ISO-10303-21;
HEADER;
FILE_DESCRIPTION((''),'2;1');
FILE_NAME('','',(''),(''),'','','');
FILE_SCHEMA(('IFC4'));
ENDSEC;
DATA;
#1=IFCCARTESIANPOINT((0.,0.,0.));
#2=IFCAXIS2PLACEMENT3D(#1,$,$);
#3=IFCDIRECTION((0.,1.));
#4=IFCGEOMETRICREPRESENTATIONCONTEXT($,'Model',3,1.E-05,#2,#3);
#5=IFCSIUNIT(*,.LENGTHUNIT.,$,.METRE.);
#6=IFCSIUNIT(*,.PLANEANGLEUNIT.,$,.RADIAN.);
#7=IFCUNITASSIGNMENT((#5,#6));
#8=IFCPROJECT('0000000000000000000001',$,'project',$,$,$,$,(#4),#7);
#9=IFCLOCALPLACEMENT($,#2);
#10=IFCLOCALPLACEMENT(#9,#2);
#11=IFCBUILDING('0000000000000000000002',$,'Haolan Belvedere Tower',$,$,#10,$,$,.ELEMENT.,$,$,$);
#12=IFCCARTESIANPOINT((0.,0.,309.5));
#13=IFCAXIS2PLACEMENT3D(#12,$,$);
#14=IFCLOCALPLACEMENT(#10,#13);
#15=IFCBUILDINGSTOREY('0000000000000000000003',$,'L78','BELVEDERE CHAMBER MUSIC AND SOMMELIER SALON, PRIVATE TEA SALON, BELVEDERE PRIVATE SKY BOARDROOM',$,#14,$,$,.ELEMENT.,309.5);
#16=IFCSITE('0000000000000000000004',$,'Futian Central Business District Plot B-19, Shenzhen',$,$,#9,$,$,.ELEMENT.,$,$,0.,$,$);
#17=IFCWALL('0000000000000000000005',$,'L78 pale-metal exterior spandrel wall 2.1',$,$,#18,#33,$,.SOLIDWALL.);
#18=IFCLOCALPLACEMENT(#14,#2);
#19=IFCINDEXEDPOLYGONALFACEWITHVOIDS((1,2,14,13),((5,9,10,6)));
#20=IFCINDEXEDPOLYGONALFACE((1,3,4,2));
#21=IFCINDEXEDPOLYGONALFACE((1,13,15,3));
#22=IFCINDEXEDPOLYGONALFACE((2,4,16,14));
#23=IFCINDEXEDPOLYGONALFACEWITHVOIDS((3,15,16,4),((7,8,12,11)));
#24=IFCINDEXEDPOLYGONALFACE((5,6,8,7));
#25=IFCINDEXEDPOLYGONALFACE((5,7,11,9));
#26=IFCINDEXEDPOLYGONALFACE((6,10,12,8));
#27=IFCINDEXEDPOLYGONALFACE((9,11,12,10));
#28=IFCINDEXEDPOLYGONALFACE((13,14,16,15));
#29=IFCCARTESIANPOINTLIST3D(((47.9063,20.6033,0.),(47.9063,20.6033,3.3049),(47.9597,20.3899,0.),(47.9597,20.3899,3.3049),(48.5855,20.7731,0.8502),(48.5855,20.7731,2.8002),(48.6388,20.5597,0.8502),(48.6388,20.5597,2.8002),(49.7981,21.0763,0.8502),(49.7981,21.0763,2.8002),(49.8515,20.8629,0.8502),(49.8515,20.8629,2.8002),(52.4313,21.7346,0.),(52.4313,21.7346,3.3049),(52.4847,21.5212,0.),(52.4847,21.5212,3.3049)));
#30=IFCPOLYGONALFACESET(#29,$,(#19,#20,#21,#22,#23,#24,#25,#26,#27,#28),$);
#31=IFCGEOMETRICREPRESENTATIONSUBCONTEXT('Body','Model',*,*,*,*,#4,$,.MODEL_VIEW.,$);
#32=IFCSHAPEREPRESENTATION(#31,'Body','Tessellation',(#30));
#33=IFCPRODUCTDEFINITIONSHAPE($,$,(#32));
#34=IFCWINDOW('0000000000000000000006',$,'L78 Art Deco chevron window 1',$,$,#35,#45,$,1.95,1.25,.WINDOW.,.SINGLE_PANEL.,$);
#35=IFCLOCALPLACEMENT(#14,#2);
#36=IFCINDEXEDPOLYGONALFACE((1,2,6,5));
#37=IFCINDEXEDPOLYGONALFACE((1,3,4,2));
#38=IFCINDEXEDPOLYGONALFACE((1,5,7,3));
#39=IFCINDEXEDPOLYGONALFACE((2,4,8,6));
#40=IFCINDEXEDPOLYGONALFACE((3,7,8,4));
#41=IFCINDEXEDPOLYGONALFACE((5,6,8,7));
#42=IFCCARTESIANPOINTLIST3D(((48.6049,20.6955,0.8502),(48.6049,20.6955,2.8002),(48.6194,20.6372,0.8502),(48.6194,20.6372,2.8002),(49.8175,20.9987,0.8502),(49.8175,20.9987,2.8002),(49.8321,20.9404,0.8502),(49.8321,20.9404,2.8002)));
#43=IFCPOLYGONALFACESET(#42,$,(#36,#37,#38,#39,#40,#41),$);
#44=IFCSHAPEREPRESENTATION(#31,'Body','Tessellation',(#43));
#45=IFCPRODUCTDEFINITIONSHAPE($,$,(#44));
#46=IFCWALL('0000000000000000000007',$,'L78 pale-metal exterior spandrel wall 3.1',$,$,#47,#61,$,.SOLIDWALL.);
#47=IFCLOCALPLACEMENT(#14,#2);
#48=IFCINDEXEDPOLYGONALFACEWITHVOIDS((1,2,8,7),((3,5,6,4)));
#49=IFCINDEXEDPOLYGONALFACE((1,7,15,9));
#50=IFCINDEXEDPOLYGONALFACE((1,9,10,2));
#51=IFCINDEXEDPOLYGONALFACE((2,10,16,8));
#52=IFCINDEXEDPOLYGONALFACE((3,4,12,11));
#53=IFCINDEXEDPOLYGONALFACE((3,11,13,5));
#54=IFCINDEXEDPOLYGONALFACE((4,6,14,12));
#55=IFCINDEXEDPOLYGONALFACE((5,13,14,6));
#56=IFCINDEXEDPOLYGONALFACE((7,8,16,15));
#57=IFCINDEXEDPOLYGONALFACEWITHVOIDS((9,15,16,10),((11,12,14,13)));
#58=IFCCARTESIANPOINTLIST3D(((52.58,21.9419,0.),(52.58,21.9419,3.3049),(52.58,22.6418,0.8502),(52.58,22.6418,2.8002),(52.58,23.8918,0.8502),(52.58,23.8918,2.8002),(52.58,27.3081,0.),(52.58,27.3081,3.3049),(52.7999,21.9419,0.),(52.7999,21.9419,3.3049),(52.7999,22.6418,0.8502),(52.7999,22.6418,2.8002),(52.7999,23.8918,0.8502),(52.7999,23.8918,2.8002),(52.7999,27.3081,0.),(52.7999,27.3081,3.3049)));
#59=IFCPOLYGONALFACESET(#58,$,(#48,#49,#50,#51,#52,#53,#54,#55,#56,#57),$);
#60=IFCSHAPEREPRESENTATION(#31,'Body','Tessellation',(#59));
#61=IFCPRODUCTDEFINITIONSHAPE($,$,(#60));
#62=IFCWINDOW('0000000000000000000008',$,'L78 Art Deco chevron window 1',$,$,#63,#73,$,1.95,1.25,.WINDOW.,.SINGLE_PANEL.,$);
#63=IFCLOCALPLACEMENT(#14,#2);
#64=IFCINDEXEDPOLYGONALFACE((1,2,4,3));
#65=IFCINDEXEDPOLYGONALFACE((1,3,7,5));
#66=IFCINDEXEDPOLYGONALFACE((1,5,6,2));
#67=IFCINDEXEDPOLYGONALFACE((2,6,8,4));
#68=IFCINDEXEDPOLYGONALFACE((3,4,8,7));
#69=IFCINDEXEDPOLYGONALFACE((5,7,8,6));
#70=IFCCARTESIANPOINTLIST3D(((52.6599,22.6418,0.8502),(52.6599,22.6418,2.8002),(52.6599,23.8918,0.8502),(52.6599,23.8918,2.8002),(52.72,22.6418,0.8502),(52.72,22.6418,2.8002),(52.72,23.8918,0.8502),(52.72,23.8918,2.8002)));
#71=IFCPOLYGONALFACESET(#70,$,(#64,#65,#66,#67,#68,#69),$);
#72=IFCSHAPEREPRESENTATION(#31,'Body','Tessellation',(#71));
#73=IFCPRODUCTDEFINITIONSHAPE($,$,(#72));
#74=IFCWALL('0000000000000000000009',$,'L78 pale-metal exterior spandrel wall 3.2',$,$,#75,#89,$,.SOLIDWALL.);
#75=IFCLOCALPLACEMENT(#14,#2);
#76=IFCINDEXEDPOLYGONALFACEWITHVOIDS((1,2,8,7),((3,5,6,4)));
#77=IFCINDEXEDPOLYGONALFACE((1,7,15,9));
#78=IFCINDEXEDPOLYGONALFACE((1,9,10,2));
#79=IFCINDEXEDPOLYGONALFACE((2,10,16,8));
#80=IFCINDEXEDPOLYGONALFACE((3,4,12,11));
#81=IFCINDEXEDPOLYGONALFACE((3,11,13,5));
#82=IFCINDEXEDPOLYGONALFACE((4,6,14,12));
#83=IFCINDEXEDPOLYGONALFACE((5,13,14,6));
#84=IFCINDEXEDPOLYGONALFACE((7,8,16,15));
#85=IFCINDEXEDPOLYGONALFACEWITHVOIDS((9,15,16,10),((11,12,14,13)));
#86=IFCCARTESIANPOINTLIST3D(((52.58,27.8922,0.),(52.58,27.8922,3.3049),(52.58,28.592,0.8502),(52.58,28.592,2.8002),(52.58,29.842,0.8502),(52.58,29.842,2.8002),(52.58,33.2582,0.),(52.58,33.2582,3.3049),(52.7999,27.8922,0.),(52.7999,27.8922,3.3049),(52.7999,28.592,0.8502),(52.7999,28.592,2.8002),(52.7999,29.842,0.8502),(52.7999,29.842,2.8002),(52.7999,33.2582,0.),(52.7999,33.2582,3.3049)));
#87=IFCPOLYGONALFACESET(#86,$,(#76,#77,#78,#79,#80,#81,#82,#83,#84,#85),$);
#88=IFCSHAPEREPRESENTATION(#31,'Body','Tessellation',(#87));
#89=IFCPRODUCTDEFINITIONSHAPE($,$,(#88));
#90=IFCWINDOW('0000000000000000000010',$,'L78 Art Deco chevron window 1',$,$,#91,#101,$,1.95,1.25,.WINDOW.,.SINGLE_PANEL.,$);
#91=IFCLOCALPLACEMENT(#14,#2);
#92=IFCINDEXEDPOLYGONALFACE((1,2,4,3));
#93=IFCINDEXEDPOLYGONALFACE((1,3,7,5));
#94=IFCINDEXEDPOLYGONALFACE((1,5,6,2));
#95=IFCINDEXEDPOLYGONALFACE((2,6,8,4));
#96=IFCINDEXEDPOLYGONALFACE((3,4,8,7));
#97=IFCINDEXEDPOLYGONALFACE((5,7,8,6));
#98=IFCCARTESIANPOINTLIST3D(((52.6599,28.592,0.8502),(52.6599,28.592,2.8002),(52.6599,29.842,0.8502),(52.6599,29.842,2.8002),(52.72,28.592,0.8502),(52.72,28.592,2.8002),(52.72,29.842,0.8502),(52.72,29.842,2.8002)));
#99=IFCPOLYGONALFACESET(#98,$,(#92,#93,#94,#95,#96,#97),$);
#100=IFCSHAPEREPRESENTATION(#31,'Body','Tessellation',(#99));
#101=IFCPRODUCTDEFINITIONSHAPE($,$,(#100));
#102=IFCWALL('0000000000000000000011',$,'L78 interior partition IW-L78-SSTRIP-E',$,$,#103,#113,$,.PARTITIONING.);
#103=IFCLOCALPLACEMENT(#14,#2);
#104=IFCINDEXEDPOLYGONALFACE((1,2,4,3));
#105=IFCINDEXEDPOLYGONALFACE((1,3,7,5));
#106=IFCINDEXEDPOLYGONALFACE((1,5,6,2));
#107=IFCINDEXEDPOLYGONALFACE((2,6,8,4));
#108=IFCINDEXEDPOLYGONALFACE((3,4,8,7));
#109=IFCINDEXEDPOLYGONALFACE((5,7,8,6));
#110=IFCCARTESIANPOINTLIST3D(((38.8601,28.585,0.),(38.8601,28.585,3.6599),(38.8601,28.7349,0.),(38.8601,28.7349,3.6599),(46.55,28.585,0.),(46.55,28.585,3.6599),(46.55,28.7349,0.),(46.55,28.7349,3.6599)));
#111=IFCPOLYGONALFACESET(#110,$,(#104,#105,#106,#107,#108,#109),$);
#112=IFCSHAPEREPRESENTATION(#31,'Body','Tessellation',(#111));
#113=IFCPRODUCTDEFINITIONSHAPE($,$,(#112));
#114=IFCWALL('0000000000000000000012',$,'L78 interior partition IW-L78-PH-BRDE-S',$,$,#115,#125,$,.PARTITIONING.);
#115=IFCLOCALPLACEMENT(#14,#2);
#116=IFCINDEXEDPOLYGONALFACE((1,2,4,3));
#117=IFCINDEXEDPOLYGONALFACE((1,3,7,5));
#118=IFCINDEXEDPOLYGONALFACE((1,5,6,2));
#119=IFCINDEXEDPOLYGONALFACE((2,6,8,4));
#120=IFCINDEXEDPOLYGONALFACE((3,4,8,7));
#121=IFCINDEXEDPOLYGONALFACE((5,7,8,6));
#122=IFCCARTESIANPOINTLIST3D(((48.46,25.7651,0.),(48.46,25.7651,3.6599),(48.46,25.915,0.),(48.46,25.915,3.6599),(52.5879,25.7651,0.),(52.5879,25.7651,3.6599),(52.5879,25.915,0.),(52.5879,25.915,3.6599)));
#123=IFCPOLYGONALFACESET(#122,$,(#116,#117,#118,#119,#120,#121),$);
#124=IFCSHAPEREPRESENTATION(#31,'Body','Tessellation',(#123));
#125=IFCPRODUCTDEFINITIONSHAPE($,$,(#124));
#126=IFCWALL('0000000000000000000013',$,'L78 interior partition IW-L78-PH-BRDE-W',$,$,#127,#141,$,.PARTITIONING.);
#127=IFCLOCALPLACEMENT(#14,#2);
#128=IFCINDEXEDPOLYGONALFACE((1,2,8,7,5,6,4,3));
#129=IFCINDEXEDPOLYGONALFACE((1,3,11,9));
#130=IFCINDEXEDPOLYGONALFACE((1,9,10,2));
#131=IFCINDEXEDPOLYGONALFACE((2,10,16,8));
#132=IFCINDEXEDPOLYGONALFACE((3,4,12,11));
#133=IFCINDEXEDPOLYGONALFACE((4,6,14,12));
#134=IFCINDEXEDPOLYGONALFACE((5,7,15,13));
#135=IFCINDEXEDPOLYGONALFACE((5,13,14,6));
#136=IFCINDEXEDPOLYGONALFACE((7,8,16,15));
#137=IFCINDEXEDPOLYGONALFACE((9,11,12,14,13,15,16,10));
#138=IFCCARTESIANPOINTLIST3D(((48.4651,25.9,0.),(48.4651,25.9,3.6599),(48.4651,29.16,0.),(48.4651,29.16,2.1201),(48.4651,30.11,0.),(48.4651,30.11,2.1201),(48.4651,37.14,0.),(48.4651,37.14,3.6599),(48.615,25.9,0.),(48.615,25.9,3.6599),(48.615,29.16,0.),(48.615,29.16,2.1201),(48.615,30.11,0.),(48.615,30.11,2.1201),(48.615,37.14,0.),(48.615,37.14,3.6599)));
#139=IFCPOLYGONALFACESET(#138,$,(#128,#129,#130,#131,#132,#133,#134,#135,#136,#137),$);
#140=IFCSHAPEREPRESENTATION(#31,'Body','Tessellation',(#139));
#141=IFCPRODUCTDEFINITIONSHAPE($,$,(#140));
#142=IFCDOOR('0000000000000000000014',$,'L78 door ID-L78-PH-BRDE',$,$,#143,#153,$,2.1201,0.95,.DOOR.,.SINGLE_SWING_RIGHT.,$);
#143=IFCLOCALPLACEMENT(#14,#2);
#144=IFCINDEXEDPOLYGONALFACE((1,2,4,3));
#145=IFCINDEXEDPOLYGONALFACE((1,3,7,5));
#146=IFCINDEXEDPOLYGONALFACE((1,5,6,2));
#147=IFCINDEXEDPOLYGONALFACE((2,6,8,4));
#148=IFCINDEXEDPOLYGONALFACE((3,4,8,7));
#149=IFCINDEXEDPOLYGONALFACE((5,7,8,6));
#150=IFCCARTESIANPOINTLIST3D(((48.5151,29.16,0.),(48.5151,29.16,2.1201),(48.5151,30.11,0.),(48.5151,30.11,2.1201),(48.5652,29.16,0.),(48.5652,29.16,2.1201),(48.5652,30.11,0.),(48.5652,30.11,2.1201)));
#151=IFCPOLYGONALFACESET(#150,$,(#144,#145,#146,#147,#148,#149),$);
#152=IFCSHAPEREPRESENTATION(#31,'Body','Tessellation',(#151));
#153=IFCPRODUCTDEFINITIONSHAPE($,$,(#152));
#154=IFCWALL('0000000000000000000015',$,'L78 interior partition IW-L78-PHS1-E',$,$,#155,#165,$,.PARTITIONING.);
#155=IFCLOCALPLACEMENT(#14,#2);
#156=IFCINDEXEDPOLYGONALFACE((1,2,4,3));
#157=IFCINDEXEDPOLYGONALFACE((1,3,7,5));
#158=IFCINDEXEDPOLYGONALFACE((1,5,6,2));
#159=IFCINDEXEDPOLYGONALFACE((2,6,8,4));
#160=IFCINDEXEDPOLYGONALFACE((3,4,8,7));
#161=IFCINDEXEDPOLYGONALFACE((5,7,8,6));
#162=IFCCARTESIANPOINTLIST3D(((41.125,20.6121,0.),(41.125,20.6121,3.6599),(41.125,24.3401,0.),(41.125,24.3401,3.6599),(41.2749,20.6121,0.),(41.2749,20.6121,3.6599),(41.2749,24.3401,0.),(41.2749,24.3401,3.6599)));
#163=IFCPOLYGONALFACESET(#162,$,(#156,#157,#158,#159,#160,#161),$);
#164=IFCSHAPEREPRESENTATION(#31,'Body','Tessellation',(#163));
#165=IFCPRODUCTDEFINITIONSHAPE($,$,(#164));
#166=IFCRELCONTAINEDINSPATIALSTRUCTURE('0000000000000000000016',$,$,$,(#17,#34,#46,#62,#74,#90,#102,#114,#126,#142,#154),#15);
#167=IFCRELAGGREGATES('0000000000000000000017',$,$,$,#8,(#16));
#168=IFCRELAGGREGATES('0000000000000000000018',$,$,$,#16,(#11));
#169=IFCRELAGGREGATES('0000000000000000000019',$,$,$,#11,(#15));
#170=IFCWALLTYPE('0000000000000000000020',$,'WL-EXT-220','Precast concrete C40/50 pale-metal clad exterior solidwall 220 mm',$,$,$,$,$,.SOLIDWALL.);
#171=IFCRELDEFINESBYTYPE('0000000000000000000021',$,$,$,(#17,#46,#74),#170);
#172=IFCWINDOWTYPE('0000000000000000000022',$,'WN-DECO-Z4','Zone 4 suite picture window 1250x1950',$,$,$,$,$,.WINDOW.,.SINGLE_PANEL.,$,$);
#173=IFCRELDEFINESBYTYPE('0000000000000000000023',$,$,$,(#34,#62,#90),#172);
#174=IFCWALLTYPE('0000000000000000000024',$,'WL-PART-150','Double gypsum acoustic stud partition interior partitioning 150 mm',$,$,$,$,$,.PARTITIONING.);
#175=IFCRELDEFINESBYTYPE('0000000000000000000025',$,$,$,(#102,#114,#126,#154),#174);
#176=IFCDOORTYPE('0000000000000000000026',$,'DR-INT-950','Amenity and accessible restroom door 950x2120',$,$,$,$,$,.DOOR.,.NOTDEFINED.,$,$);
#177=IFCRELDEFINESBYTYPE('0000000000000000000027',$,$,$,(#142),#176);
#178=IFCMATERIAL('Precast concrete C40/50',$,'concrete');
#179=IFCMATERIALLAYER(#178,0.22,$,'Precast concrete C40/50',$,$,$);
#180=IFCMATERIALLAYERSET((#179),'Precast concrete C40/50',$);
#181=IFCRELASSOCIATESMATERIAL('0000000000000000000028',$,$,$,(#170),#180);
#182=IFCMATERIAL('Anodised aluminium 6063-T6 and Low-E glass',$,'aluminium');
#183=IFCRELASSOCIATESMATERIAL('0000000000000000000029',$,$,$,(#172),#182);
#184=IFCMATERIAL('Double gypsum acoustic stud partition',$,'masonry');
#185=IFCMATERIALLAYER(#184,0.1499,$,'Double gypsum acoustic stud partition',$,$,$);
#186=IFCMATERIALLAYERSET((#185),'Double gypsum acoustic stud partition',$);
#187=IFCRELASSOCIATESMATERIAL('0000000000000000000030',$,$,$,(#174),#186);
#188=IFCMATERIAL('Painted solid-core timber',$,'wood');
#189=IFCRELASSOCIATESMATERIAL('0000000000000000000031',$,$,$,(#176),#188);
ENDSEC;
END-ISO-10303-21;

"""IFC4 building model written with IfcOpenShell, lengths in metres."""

from ifc_helpers import new_model, si_unit, direction, frame, frame_2d, origin, place, context, subcontext, project, spatial, rectangle, extrude, material, layer, layer_set, type_object, element, fill, save


model = new_model("IFC4")

# Units and contexts
model_context = context("Model", 3, precision=1e-05, world=origin(), true_north=direction((0.0, 1.0)))
body_context = subcontext(model_context, "Body", "Model", "MODEL_VIEW")
ifc_project = project(units=[si_unit("LENGTHUNIT", "METRE"), si_unit("PLANEANGLEUNIT", "RADIAN")], contexts=[model_context])

# Site, building, storey
site_placement = place(None, origin())
site = spatial("IfcSite", under=ifc_project, at=site_placement, Name="Futian Central Business District Plot B-19, Shenzhen", CompositionType="ELEMENT", RefElevation=0.0)
building_placement = place(site_placement, origin())
building = spatial("IfcBuilding", under=site, at=building_placement, Name="Haolan Belvedere Tower", CompositionType="ELEMENT")
storey_placement = place(building_placement, frame((0.0, 0.0, 309.5)))
storey = spatial("IfcBuildingStorey", under=building, at=storey_placement, Name="L78", Description="BELVEDERE CHAMBER MUSIC AND SOMMELIER SALON, PRIVATE TEA SALON, BELVEDERE PRIVATE SKY BOARDROOM", CompositionType="ELEMENT", Elevation=309.5)

# Walls, openings, windows
ifc_material_1 = material(Name="Precast concrete C40/50", Category="concrete")
ifc_layer_1 = layer(ifc_material_1, 0.22, Name="Precast concrete C40/50")
ifc_layer_set_1 = layer_set([ifc_layer_1], Name="Precast concrete C40/50")
wall_type_1 = type_object("IfcWallType", Name="WL-EXT-220", Description="Precast concrete C40/50 pale-metal clad exterior solidwall 220 mm", PredefinedType="SOLIDWALL", material=ifc_layer_set_1)
wall_1_placement = place(storey_placement, frame((47.9331, 20.4966, 0.0), z_axis=(0.0, 0.0, 1.0), x_axis=(0.970136, 0.24256, 0.0)))
wall_1 = element("IfcWall", 1, at=wall_1_placement, inside=storey, type_object=wall_type_1, Name="L78 pale-metal exterior spandrel wall 2.1", PredefinedType="SOLIDWALL", context=body_context, shape_type="SweptSolid", body=[
    extrude(rectangle(XDim=4.6643, YDim=0.22, at=frame_2d((2.332, 0.0))), origin(), (0.0, 0.0, 1.0), 3.3049),
])
opening_1_placement = place(wall_1_placement, frame((0.7, 0.0, 0.8501)))
opening_1 = element("IfcOpeningElement", 2, at=opening_1_placement, cuts=wall_1, PredefinedType="OPENING", context=body_context, shape_type="SweptSolid", body=[
    extrude(rectangle(XDim=1.25, YDim=1.95, at=frame_2d((0.625, 0.9751))), frame((0.0, 0.1199, 0.0), z_axis=(0.0, -1.0, 0.0), x_axis=(1.0, 0.0, 0.0)), (0.0, 0.0, 1.0), 0.24),
])
ifc_material_2 = material(Name="Anodised aluminium 6063-T6 and Low-E glass", Category="aluminium")
window_type = type_object("IfcWindowType", Name="WN-DECO-Z4", Description="Zone 4 suite picture window 1250x1950", PartitioningType="SINGLE_PANEL", PredefinedType="WINDOW", material=ifc_material_2)
window_1_placement = place(opening_1_placement, origin())
window_1 = element("IfcWindow", 3, at=window_1_placement, inside=storey, type_object=window_type, Name="L78 Art Deco chevron window 1", OverallHeight=1.95, OverallWidth=1.25, PartitioningType="SINGLE_PANEL", PredefinedType="WINDOW", context=body_context, shape_type="SweptSolid", body=[
    extrude(rectangle(XDim=1.25, YDim=1.95, at=frame_2d((0.625, 0.9751))), frame((0.0, 0.03, 0.0), z_axis=(0.0, -1.0, 0.0), x_axis=(1.0, 0.0, 0.0)), (0.0, 0.0, 1.0), 0.0601),
])
fill(opening_1, window_1)
wall_2_placement = place(storey_placement, frame((52.6899, 21.9419, 0.0), z_axis=(0.0, 0.0, 1.0), x_axis=(0.0, 1.0, 0.0)))
wall_2 = element("IfcWall", 4, at=wall_2_placement, inside=storey, type_object=wall_type_1, Name="L78 pale-metal exterior spandrel wall 3.1", PredefinedType="SOLIDWALL", context=body_context, shape_type="SweptSolid", body=[
    extrude(rectangle(XDim=5.3662, YDim=0.22, at=frame_2d((2.6831, 0.0))), origin(), (0.0, 0.0, 1.0), 3.3049),
])
opening_2_placement = place(wall_2_placement, frame((0.7, 0.0, 0.8501)))
opening_2 = element("IfcOpeningElement", 5, at=opening_2_placement, cuts=wall_2, PredefinedType="OPENING", context=body_context, shape_type="SweptSolid", body=[
    extrude(rectangle(XDim=1.25, YDim=1.95, at=frame_2d((0.625, 0.9751))), frame((0.0, 0.1199, 0.0), z_axis=(0.0, -1.0, 0.0), x_axis=(1.0, 0.0, 0.0)), (0.0, 0.0, 1.0), 0.24),
])
window_2_placement = place(opening_2_placement, origin())
window_2 = element("IfcWindow", 6, at=window_2_placement, inside=storey, type_object=window_type, Name="L78 Art Deco chevron window 1", OverallHeight=1.95, OverallWidth=1.25, PartitioningType="SINGLE_PANEL", PredefinedType="WINDOW", context=body_context, shape_type="SweptSolid", body=[
    extrude(rectangle(XDim=1.25, YDim=1.95, at=frame_2d((0.625, 0.9751))), frame((0.0, 0.03, 0.0), z_axis=(0.0, -1.0, 0.0), x_axis=(1.0, 0.0, 0.0)), (0.0, 0.0, 1.0), 0.0601),
])
fill(opening_2, window_2)
wall_3_placement = place(storey_placement, frame((52.6899, 27.8921, 0.0), z_axis=(0.0, 0.0, 1.0), x_axis=(0.0, 1.0, 0.0)))
wall_3 = element("IfcWall", 7, at=wall_3_placement, inside=storey, type_object=wall_type_1, Name="L78 pale-metal exterior spandrel wall 3.2", PredefinedType="SOLIDWALL", context=body_context, shape_type="SweptSolid", body=[
    extrude(rectangle(XDim=5.366, YDim=0.22, at=frame_2d((2.6831, 0.0))), origin(), (0.0, 0.0, 1.0), 3.3049),
])
opening_3_placement = place(wall_3_placement, frame((0.7, 0.0, 0.8501)))
opening_3 = element("IfcOpeningElement", 8, at=opening_3_placement, cuts=wall_3, PredefinedType="OPENING", context=body_context, shape_type="SweptSolid", body=[
    extrude(rectangle(XDim=1.25, YDim=1.95, at=frame_2d((0.625, 0.9751))), frame((0.0, 0.1199, 0.0), z_axis=(0.0, -1.0, 0.0), x_axis=(1.0, 0.0, 0.0)), (0.0, 0.0, 1.0), 0.24),
])
window_3_placement = place(opening_3_placement, origin())
window_3 = element("IfcWindow", 9, at=window_3_placement, inside=storey, type_object=window_type, Name="L78 Art Deco chevron window 1", OverallHeight=1.95, OverallWidth=1.25, PartitioningType="SINGLE_PANEL", PredefinedType="WINDOW", context=body_context, shape_type="SweptSolid", body=[
    extrude(rectangle(XDim=1.25, YDim=1.95, at=frame_2d((0.625, 0.9751))), frame((0.0, 0.03, 0.0), z_axis=(0.0, -1.0, 0.0), x_axis=(1.0, 0.0, 0.0)), (0.0, 0.0, 1.0), 0.0601),
])
fill(opening_3, window_3)

# Walls
ifc_material_3 = material(Name="Double gypsum acoustic stud partition", Category="masonry")
ifc_layer_2 = layer(ifc_material_3, 0.1499, Name="Double gypsum acoustic stud partition")
ifc_layer_set_2 = layer_set([ifc_layer_2], Name="Double gypsum acoustic stud partition")
wall_type_2 = type_object("IfcWallType", Name="WL-PART-150", Description="Double gypsum acoustic stud partition interior partitioning 150 mm", PredefinedType="PARTITIONING", material=ifc_layer_set_2)
wall_4_placement = place(storey_placement, frame((38.8601, 28.6599, 0.0), z_axis=(0.0, 0.0, 1.0), x_axis=(1.0, 0.0, 0.0)))
element("IfcWall", 10, at=wall_4_placement, inside=storey, type_object=wall_type_2, Name="L78 interior partition IW-L78-SSTRIP-E", PredefinedType="PARTITIONING", context=body_context, shape_type="SweptSolid", body=[
    extrude(rectangle(XDim=7.6899, YDim=0.1499, at=frame_2d((3.845, 0.0))), origin(), (0.0, 0.0, 1.0), 3.6599),
])
wall_5_placement = place(storey_placement, frame((48.46, 25.8401, 0.0), z_axis=(0.0, 0.0, 1.0), x_axis=(1.0, 0.0, 0.0)))
element("IfcWall", 11, at=wall_5_placement, inside=storey, type_object=wall_type_2, Name="L78 interior partition IW-L78-PH-BRDE-S", PredefinedType="PARTITIONING", context=body_context, shape_type="SweptSolid", body=[
    extrude(rectangle(XDim=4.1279, YDim=0.1499, at=frame_2d((2.064, 0.0))), origin(), (0.0, 0.0, 1.0), 3.6599),
])

# Wall, opening, door
wall_6_placement = place(storey_placement, frame((48.54, 25.8999, 0.0), z_axis=(0.0, 0.0, 1.0), x_axis=(0.0, 1.0, 0.0)))
wall_6 = element("IfcWall", 12, at=wall_6_placement, inside=storey, type_object=wall_type_2, Name="L78 interior partition IW-L78-PH-BRDE-W", PredefinedType="PARTITIONING", context=body_context, shape_type="SweptSolid", body=[
    extrude(rectangle(XDim=11.24, YDim=0.1499, at=frame_2d((5.6201, 0.0))), origin(), (0.0, 0.0, 1.0), 3.6599),
])
opening_4_placement = place(wall_6_placement, frame((3.26, 0.0, 0.0)))
opening_4 = element("IfcOpeningElement", 13, at=opening_4_placement, cuts=wall_6, PredefinedType="OPENING", context=body_context, shape_type="SweptSolid", body=[
    extrude(rectangle(XDim=0.95, YDim=2.1201, at=frame_2d((0.4751, 1.0601))), frame((0.0, 0.085, 0.0), z_axis=(0.0, -1.0, 0.0), x_axis=(1.0, 0.0, 0.0)), (0.0, 0.0, 1.0), 0.1699),
])
ifc_material_4 = material(Name="Painted solid-core timber", Category="wood")
door_type_1 = type_object("IfcDoorType", Name="DR-INT-950", Description="Amenity and accessible restroom door 950x2120", OperationType="NOTDEFINED", PredefinedType="DOOR", material=ifc_material_4)
door_1_placement = place(opening_4_placement, origin())
door_1 = element("IfcDoor", 14, at=door_1_placement, inside=storey, type_object=door_type_1, Name="L78 door ID-L78-PH-BRDE", OperationType="SINGLE_SWING_RIGHT", OverallHeight=2.1201, OverallWidth=0.95, PredefinedType="DOOR", context=body_context, shape_type="SweptSolid", body=[
    extrude(rectangle(XDim=0.95, YDim=2.1201, at=frame_2d((0.4751, 1.0601))), frame((0.0, 0.0249, 0.0), z_axis=(0.0, -1.0, 0.0), x_axis=(1.0, 0.0, 0.0)), (0.0, 0.0, 1.0), 0.05),
])
fill(opening_4, door_1)

# Wall
wall_7_placement = place(storey_placement, frame((41.2, 20.6121, 0.0), z_axis=(0.0, 0.0, 1.0), x_axis=(0.0, 1.0, 0.0)))
element("IfcWall", 15, at=wall_7_placement, inside=storey, type_object=wall_type_2, Name="L78 interior partition IW-L78-PHS1-E", PredefinedType="PARTITIONING", context=body_context, shape_type="SweptSolid", body=[
    extrude(rectangle(XDim=3.728, YDim=0.1499, at=frame_2d((1.864, 0.0))), origin(), (0.0, 0.0, 1.0), 3.6599),
])

save(model, "model.ifc")
